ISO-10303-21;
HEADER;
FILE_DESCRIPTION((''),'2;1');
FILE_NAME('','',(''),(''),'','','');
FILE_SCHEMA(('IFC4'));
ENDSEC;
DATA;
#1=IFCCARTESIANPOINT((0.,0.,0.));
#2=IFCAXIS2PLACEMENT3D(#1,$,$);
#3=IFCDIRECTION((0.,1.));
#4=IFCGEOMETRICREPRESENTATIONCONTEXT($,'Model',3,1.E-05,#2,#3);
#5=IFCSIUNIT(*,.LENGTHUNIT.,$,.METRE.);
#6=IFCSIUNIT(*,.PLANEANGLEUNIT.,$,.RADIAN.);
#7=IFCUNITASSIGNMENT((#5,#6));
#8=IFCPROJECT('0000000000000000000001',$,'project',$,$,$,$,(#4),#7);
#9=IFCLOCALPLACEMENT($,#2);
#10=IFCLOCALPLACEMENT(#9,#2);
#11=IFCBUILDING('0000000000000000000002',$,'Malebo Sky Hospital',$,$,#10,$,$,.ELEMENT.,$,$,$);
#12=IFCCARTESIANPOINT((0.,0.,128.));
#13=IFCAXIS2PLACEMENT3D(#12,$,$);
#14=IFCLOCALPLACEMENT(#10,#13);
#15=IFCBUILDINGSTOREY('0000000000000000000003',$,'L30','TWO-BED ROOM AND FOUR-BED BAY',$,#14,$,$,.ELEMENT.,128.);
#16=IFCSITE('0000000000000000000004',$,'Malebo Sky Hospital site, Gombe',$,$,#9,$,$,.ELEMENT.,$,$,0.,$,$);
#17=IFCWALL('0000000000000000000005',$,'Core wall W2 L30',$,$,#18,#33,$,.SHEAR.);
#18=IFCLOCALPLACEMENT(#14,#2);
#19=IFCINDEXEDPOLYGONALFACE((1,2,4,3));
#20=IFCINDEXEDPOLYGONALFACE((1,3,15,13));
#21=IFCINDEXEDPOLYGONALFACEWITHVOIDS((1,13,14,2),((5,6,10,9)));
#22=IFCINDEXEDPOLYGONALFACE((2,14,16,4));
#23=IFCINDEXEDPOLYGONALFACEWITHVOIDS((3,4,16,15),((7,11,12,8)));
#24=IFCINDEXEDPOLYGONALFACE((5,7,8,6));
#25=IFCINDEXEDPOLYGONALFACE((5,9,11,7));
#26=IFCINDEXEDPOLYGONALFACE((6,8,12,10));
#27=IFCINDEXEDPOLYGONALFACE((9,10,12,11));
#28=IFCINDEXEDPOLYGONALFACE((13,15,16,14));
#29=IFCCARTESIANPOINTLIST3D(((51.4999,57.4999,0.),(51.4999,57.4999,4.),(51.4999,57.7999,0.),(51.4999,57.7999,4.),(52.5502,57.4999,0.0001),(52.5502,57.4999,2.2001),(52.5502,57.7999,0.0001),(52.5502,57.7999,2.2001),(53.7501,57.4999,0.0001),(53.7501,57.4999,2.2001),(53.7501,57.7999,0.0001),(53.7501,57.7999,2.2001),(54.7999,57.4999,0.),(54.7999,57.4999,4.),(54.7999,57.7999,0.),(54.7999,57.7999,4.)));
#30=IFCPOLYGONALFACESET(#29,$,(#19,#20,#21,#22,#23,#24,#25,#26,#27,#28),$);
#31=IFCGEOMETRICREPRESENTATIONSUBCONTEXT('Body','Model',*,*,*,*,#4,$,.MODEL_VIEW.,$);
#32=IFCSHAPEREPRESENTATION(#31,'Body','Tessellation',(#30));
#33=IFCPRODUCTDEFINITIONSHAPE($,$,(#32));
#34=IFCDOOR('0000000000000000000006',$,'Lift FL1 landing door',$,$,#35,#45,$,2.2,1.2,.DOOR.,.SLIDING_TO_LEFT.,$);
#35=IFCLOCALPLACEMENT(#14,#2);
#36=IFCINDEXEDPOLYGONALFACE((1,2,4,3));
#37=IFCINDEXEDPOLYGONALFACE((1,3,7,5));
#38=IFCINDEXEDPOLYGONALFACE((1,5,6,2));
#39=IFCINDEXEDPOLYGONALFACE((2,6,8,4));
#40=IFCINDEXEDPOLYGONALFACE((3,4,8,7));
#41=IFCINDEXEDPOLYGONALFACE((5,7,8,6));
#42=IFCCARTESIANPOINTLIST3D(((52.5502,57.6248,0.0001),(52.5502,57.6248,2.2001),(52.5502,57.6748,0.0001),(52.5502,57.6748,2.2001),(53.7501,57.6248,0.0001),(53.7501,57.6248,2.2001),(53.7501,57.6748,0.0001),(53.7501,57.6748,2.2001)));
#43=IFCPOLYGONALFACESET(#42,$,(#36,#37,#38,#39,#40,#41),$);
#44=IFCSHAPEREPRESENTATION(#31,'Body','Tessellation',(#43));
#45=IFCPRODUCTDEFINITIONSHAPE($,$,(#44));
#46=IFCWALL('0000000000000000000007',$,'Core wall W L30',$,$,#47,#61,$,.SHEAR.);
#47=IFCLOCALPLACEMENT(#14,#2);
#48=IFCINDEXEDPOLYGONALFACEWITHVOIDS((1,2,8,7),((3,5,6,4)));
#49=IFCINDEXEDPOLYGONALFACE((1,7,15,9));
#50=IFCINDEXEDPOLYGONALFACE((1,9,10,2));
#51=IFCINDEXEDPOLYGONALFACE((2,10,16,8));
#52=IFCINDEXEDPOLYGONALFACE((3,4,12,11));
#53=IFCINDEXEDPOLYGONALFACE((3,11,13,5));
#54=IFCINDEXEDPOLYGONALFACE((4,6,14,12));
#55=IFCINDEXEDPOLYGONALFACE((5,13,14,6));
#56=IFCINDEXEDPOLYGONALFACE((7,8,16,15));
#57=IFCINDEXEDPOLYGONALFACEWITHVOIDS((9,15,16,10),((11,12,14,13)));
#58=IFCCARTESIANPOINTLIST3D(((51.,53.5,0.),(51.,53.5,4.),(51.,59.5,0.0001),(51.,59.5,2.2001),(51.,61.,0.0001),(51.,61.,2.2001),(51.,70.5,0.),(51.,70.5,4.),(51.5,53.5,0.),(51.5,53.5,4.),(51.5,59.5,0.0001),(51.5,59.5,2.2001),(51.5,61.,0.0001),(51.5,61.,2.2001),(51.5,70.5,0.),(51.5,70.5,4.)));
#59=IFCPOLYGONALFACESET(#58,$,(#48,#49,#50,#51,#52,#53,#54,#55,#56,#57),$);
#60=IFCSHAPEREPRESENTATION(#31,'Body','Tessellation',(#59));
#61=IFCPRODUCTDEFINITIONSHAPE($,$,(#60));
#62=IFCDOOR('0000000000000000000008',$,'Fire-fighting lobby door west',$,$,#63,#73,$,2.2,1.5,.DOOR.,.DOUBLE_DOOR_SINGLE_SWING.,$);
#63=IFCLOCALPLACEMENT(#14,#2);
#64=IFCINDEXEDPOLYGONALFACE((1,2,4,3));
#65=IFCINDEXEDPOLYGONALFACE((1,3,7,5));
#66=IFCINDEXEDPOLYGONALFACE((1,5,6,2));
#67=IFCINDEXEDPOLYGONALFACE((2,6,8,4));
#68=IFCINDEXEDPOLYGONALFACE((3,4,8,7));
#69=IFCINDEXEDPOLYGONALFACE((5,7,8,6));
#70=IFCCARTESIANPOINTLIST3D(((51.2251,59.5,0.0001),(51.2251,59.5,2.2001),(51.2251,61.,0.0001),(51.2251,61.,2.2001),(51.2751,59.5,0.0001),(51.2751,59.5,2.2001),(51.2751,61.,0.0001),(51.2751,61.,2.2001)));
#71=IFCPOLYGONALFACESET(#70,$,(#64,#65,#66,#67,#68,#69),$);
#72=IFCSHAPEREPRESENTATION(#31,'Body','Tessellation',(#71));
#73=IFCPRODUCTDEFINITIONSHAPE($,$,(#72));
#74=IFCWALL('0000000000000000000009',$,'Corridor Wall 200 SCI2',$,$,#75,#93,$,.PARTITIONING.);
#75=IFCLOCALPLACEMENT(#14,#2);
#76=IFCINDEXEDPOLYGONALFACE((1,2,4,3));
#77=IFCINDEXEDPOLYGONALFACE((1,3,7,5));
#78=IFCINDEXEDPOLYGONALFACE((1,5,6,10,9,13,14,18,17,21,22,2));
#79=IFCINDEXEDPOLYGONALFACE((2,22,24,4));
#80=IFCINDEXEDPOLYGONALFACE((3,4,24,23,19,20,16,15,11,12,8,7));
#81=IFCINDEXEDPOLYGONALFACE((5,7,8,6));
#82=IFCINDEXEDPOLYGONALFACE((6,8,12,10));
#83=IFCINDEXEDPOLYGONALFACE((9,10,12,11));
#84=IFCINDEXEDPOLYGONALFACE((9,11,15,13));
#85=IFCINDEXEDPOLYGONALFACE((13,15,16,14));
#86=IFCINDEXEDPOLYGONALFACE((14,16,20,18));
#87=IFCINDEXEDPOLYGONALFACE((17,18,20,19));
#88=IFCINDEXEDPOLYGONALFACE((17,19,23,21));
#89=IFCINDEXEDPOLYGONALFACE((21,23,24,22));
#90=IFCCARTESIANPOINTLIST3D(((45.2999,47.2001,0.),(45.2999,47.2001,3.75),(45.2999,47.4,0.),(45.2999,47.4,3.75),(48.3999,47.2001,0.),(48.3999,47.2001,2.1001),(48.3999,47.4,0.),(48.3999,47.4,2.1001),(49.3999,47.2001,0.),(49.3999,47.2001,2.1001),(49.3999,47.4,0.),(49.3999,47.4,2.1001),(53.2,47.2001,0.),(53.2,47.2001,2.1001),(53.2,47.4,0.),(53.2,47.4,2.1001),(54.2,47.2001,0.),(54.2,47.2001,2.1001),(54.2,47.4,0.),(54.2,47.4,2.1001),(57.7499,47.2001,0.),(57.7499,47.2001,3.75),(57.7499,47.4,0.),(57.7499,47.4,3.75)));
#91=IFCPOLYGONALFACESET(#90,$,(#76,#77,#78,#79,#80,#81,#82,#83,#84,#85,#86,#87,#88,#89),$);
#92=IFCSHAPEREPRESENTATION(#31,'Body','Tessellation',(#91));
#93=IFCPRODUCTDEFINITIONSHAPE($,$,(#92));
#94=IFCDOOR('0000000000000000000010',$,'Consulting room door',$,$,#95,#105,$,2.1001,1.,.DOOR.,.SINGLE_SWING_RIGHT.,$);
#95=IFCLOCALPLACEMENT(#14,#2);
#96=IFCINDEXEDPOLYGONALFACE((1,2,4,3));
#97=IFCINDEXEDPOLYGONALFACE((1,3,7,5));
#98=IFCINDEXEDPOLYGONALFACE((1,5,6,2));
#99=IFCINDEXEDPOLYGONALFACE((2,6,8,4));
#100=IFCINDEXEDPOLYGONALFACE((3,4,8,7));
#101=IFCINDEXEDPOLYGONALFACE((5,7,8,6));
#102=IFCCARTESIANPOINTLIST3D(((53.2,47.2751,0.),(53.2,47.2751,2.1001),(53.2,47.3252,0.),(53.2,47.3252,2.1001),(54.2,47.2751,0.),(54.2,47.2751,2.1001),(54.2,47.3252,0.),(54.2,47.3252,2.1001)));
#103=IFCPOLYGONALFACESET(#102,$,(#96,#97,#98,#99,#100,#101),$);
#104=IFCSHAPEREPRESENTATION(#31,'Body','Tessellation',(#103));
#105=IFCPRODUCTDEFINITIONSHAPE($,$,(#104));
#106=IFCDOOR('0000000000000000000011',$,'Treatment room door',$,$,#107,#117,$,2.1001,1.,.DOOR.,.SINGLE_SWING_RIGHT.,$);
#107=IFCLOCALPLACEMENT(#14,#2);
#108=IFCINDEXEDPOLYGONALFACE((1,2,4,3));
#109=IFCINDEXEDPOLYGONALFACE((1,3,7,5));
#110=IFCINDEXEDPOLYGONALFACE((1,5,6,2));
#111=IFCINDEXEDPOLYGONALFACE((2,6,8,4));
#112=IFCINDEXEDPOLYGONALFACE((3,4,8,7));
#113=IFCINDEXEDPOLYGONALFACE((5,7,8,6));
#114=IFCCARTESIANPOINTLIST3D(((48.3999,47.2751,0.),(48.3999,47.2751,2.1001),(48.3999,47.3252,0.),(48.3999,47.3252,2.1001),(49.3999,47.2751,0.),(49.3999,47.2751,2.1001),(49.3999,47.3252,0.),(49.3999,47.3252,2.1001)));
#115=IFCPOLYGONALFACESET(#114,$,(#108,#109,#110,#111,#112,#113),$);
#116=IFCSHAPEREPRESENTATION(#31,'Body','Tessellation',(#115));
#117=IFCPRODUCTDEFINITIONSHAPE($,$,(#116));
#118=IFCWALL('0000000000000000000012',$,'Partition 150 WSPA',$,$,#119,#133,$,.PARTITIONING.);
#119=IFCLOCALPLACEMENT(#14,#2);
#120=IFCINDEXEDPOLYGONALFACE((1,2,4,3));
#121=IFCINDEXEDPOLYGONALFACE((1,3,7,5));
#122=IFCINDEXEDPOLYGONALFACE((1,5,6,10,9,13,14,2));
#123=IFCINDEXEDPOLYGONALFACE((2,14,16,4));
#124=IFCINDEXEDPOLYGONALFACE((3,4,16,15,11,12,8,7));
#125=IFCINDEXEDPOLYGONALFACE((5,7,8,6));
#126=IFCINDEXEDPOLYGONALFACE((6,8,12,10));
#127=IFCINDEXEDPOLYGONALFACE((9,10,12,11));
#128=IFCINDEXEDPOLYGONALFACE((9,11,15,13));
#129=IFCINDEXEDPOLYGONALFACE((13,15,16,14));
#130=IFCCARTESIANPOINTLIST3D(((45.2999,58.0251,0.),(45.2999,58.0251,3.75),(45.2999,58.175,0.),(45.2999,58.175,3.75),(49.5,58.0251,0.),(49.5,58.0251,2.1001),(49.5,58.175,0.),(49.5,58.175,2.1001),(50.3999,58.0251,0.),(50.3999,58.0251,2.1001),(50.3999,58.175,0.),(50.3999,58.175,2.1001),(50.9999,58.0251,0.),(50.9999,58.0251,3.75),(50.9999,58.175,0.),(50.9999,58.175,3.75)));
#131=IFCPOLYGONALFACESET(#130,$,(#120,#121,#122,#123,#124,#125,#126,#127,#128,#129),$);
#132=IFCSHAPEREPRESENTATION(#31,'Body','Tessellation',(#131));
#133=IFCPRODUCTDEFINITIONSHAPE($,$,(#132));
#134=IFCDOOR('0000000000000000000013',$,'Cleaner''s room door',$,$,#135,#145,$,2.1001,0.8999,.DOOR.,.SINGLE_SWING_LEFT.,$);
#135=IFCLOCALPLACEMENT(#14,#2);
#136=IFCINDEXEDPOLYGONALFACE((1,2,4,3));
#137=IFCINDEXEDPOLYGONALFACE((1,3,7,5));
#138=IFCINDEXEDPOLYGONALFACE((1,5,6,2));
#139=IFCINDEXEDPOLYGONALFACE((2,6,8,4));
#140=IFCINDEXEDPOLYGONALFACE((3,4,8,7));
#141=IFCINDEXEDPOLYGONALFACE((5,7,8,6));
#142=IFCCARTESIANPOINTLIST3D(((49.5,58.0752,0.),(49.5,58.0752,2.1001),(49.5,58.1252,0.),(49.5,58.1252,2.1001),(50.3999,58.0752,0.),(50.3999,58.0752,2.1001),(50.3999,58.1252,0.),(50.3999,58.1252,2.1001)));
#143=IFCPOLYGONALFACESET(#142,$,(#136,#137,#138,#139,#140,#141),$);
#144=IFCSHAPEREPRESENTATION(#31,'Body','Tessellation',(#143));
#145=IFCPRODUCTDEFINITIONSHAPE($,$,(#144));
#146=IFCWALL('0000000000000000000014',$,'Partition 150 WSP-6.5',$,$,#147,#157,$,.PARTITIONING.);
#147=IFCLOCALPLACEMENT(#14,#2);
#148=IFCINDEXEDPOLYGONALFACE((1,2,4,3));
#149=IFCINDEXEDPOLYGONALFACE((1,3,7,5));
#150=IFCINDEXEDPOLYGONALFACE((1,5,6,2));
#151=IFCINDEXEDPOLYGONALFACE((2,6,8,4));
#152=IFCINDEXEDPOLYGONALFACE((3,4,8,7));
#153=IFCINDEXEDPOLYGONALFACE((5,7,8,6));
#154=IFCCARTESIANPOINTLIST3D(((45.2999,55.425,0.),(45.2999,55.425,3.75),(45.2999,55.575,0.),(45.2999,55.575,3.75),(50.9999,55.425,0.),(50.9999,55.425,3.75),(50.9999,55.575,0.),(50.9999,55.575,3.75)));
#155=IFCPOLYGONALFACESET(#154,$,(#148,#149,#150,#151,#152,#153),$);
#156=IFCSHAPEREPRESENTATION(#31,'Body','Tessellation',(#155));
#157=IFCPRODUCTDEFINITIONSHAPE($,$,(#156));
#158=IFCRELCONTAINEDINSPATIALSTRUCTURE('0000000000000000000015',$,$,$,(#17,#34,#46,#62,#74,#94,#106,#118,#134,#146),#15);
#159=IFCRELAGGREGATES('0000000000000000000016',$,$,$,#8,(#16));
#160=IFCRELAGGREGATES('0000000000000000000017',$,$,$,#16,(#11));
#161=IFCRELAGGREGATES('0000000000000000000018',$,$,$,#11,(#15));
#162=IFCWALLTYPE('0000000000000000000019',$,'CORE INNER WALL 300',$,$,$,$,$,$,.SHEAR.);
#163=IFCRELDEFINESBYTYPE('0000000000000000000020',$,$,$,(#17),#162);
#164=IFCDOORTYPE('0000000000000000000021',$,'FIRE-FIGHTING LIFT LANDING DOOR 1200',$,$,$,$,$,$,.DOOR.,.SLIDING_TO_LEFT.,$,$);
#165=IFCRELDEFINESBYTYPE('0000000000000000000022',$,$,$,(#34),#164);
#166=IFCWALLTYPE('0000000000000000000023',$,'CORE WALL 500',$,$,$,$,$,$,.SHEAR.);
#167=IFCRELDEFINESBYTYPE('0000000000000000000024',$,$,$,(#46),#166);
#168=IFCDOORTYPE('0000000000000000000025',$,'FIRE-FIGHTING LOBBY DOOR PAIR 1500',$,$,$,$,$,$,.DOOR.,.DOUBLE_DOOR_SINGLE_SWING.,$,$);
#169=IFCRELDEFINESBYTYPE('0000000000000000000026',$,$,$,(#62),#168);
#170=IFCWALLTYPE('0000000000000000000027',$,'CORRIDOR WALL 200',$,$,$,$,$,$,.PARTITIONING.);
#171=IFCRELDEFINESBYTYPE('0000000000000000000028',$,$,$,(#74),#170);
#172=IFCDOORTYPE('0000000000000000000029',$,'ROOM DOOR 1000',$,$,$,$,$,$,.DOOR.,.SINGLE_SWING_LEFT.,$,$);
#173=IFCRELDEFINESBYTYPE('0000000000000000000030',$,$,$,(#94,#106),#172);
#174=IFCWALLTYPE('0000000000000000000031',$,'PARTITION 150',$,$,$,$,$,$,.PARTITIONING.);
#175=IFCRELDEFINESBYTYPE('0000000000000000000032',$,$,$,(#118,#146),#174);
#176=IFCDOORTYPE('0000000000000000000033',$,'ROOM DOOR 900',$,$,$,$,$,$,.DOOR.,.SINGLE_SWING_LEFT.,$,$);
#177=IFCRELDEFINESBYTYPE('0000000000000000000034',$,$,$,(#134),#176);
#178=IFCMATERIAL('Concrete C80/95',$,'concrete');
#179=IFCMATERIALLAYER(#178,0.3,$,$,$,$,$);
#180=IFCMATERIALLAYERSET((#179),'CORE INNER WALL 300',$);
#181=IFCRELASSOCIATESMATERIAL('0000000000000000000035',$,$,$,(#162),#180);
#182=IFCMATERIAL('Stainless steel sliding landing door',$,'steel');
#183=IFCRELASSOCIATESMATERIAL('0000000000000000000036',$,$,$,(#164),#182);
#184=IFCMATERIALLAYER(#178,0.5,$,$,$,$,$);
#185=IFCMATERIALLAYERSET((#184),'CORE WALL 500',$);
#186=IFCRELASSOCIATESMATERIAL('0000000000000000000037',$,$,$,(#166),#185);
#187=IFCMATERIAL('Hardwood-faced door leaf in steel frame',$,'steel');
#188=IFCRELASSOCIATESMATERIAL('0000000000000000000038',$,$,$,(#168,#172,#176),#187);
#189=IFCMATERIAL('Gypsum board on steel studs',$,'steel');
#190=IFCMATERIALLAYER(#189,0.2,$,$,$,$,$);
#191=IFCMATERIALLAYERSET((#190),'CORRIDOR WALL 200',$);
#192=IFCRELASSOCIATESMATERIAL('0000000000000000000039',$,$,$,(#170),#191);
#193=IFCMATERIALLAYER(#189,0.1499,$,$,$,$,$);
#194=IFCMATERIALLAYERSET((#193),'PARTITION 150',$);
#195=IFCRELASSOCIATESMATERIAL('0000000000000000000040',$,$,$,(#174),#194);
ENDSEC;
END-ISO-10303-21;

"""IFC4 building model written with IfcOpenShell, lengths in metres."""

from ifc_helpers import new_model, si_unit, direction, frame, frame_2d, origin, place, context, subcontext, project, spatial, rectangle, extrude, material, layer, layer_set, type_object, element, fill, save


model = new_model("IFC4")

# Units and contexts
model_context = context("Model", 3, precision=1e-05, world=origin(), true_north=direction((0.0, 1.0)))
body_context = subcontext(model_context, "Body", "Model", "MODEL_VIEW")
ifc_project = project(units=[si_unit("LENGTHUNIT", "METRE"), si_unit("PLANEANGLEUNIT", "RADIAN")], contexts=[model_context])

# Site, building, storey
site_placement = place(None, origin())
site = spatial("IfcSite", under=ifc_project, at=site_placement, Name="Malebo Sky Hospital site, Gombe", CompositionType="ELEMENT", RefElevation=0.0)
building_placement = place(site_placement, origin())
building = spatial("IfcBuilding", under=site, at=building_placement, Name="Malebo Sky Hospital", CompositionType="ELEMENT")
storey_placement = place(building_placement, frame((0.0, 0.0, 128.0)))
storey = spatial("IfcBuildingStorey", under=building, at=storey_placement, Name="L30", Description="TWO-BED ROOM AND FOUR-BED BAY", CompositionType="ELEMENT", Elevation=128.0)

# Shared definitions
ifc_material_1 = material(Name="Concrete C80/95", Category="concrete")
ifc_material_2 = material(Name="Stainless steel sliding landing door", Category="steel")

# Shared definitions
ifc_layer_1 = layer(ifc_material_1, 0.3)
ifc_layer_set_1 = layer_set([ifc_layer_1], Name="CORE INNER WALL 300")
wall_type_1 = type_object("IfcWallType", Name="CORE INNER WALL 300", PredefinedType="SHEAR", material=ifc_layer_set_1)

# Walls, openings, doors
wall_1_placement = place(storey_placement, frame((51.5, 57.6499, 0.0), z_axis=(0.0, 0.0, 1.0), x_axis=(1.0, 0.0, 0.0)))
wall_1 = element("IfcWall", 1, at=wall_1_placement, inside=storey, type_object=wall_type_1, Name="Core wall W2 L30", PredefinedType="SHEAR", context=body_context, shape_type="SweptSolid", body=[
    extrude(rectangle(XDim=3.3, YDim=0.3, at=frame_2d((1.6499, 0.0))), origin(), (0.0, 0.0, 1.0), 4.0),
])
opening_1_placement = place(wall_1_placement, frame((1.05, 0.0, 0.0)))
opening_1 = element("IfcOpeningElement", 2, at=opening_1_placement, cuts=wall_1, PredefinedType="OPENING", context=body_context, shape_type="SweptSolid", body=[
    extrude(rectangle(XDim=1.2, YDim=2.2, at=frame_2d((0.6001, 1.1001))), frame((0.0, 0.1599, 0.0), z_axis=(0.0, -1.0, 0.0), x_axis=(1.0, 0.0, 0.0)), (0.0, 0.0, 1.0), 0.3201),
])
door_type_1 = type_object("IfcDoorType", Name="FIRE-FIGHTING LIFT LANDING DOOR 1200", OperationType="SLIDING_TO_LEFT", PredefinedType="DOOR", material=ifc_material_2)
door_1_placement = place(opening_1_placement, origin())
door_1 = element("IfcDoor", 3, at=door_1_placement, inside=storey, type_object=door_type_1, Name="Lift FL1 landing door", OperationType="SLIDING_TO_LEFT", OverallHeight=2.2, OverallWidth=1.2, PredefinedType="DOOR", context=body_context, shape_type="SweptSolid", body=[
    extrude(rectangle(XDim=1.2, YDim=2.2, at=frame_2d((0.6001, 1.1001))), frame((0.0, 0.0249, 0.0), z_axis=(0.0, -1.0, 0.0), x_axis=(1.0, 0.0, 0.0)), (0.0, 0.0, 1.0), 0.05),
])
fill(opening_1, door_1)
ifc_layer_2 = layer(ifc_material_1, 0.5)
ifc_layer_set_2 = layer_set([ifc_layer_2], Name="CORE WALL 500")
wall_type_2 = type_object("IfcWallType", Name="CORE WALL 500", PredefinedType="SHEAR", material=ifc_layer_set_2)
wall_2_placement = place(storey_placement, frame((51.25, 53.5, 0.0), z_axis=(0.0, 0.0, 1.0), x_axis=(0.0, 1.0, 0.0)))
wall_2 = element("IfcWall", 4, at=wall_2_placement, inside=storey, type_object=wall_type_2, Name="Core wall W L30", PredefinedType="SHEAR", context=body_context, shape_type="SweptSolid", body=[
    extrude(rectangle(XDim=17.0, YDim=0.5, at=frame_2d((8.5, 0.0))), origin(), (0.0, 0.0, 1.0), 4.0),
])
opening_2_placement = place(wall_2_placement, frame((6.0, 0.0, 0.0)))
opening_2 = element("IfcOpeningElement", 5, at=opening_2_placement, cuts=wall_2, PredefinedType="OPENING", context=body_context, shape_type="SweptSolid", body=[
    extrude(rectangle(XDim=1.5, YDim=2.2, at=frame_2d((0.75, 1.1001))), frame((0.0, 0.26, 0.0), z_axis=(0.0, -1.0, 0.0), x_axis=(1.0, 0.0, 0.0)), (0.0, 0.0, 1.0), 0.52),
])
ifc_material_3 = material(Name="Hardwood-faced door leaf in steel frame", Category="steel")
door_type_2 = type_object("IfcDoorType", Name="FIRE-FIGHTING LOBBY DOOR PAIR 1500", OperationType="DOUBLE_DOOR_SINGLE_SWING", PredefinedType="DOOR", material=ifc_material_3)
door_2_placement = place(opening_2_placement, origin())
door_2 = element("IfcDoor", 6, at=door_2_placement, inside=storey, type_object=door_type_2, Name="Fire-fighting lobby door west", OperationType="DOUBLE_DOOR_SINGLE_SWING", OverallHeight=2.2, OverallWidth=1.5, PredefinedType="DOOR", context=body_context, shape_type="SweptSolid", body=[
    extrude(rectangle(XDim=1.5, YDim=2.2, at=frame_2d((0.75, 1.1001))), frame((0.0, 0.0249, 0.0), z_axis=(0.0, -1.0, 0.0), x_axis=(1.0, 0.0, 0.0)), (0.0, 0.0, 1.0), 0.05),
])
fill(opening_2, door_2)

# Wall, openings, doors
ifc_material_4 = material(Name="Gypsum board on steel studs", Category="steel")
ifc_layer_3 = layer(ifc_material_4, 0.2)
ifc_layer_set_3 = layer_set([ifc_layer_3], Name="CORRIDOR WALL 200")
wall_type_3 = type_object("IfcWallType", Name="CORRIDOR WALL 200", PredefinedType="PARTITIONING", material=ifc_layer_set_3)
wall_3_placement = place(storey_placement, frame((57.75, 47.3, 0.0), z_axis=(0.0, 0.0, 1.0), x_axis=(-1.0, 0.0, 0.0)))
wall_3 = element("IfcWall", 7, at=wall_3_placement, inside=storey, type_object=wall_type_3, Name="Corridor Wall 200 SCI2", PredefinedType="PARTITIONING", context=body_context, shape_type="SweptSolid", body=[
    extrude(rectangle(XDim=12.45, YDim=0.2, at=frame_2d((6.2251, 0.0))), origin(), (0.0, 0.0, 1.0), 3.75),
])
opening_3_placement = place(wall_3_placement, frame((3.55, 0.0, 0.0)))
opening_3 = element("IfcOpeningElement", 8, at=opening_3_placement, cuts=wall_3, PredefinedType="OPENING", context=body_context, shape_type="SweptSolid", body=[
    extrude(rectangle(XDim=1.0, YDim=2.1001, at=frame_2d((0.5, 1.05))), frame((0.0, 0.1099, 0.0), z_axis=(0.0, -1.0, 0.0), x_axis=(1.0, 0.0, 0.0)), (0.0, 0.0, 1.0), 0.22),
])
opening_4_placement = place(wall_3_placement, frame((8.3501, 0.0, 0.0)))
opening_4 = element("IfcOpeningElement", 9, at=opening_4_placement, cuts=wall_3, PredefinedType="OPENING", context=body_context, shape_type="SweptSolid", body=[
    extrude(rectangle(XDim=1.0, YDim=2.1001, at=frame_2d((0.5, 1.05))), frame((0.0, 0.1099, 0.0), z_axis=(0.0, -1.0, 0.0), x_axis=(1.0, 0.0, 0.0)), (0.0, 0.0, 1.0), 0.22),
])
door_type_3 = type_object("IfcDoorType", Name="ROOM DOOR 1000", OperationType="SINGLE_SWING_LEFT", PredefinedType="DOOR", material=ifc_material_3)
door_3_placement = place(opening_3_placement, origin())
door_3 = element("IfcDoor", 10, at=door_3_placement, inside=storey, type_object=door_type_3, Name="Consulting room door", OperationType="SINGLE_SWING_RIGHT", OverallHeight=2.1001, OverallWidth=1.0, PredefinedType="DOOR", context=body_context, shape_type="SweptSolid", body=[
    extrude(rectangle(XDim=1.0, YDim=2.1001, at=frame_2d((0.5, 1.05))), frame((0.0, 0.0249, 0.0), z_axis=(0.0, -1.0, 0.0), x_axis=(1.0, 0.0, 0.0)), (0.0, 0.0, 1.0), 0.05),
])
fill(opening_3, door_3)
door_4_placement = place(opening_4_placement, origin())
door_4 = element("IfcDoor", 11, at=door_4_placement, inside=storey, type_object=door_type_3, Name="Treatment room door", OperationType="SINGLE_SWING_RIGHT", OverallHeight=2.1001, OverallWidth=1.0, PredefinedType="DOOR", context=body_context, shape_type="SweptSolid", body=[
    extrude(rectangle(XDim=1.0, YDim=2.1001, at=frame_2d((0.5, 1.05))), frame((0.0, 0.0249, 0.0), z_axis=(0.0, -1.0, 0.0), x_axis=(1.0, 0.0, 0.0)), (0.0, 0.0, 1.0), 0.05),
])
fill(opening_4, door_4)

# Wall, opening, door
ifc_layer_4 = layer(ifc_material_4, 0.1499)
ifc_layer_set_4 = layer_set([ifc_layer_4], Name="PARTITION 150")
wall_type_4 = type_object("IfcWallType", Name="PARTITION 150", PredefinedType="PARTITIONING", material=ifc_layer_set_4)
wall_4_placement = place(storey_placement, frame((51.0, 58.1001, 0.0), z_axis=(0.0, 0.0, 1.0), x_axis=(-1.0, 0.0, 0.0)))
wall_4 = element("IfcWall", 12, at=wall_4_placement, inside=storey, type_object=wall_type_4, Name="Partition 150 WSPA", PredefinedType="PARTITIONING", context=body_context, shape_type="SweptSolid", body=[
    extrude(rectangle(XDim=5.7, YDim=0.1499, at=frame_2d((2.8501, 0.0))), origin(), (0.0, 0.0, 1.0), 3.75),
])
opening_5_placement = place(wall_4_placement, frame((0.6001, 0.0, 0.0)))
opening_5 = element("IfcOpeningElement", 13, at=opening_5_placement, cuts=wall_4, PredefinedType="OPENING", context=body_context, shape_type="SweptSolid", body=[
    extrude(rectangle(XDim=0.8999, YDim=2.1001, at=frame_2d((0.45, 1.05))), frame((0.0, 0.085, 0.0), z_axis=(0.0, -1.0, 0.0), x_axis=(1.0, 0.0, 0.0)), (0.0, 0.0, 1.0), 0.1699),
])
door_type_4 = type_object("IfcDoorType", Name="ROOM DOOR 900", OperationType="SINGLE_SWING_LEFT", PredefinedType="DOOR", material=ifc_material_3)
door_5_placement = place(opening_5_placement, origin())
door_5 = element("IfcDoor", 14, at=door_5_placement, inside=storey, type_object=door_type_4, Name="Cleaner's room door", OperationType="SINGLE_SWING_LEFT", OverallHeight=2.1001, OverallWidth=0.8999, PredefinedType="DOOR", context=body_context, shape_type="SweptSolid", body=[
    extrude(rectangle(XDim=0.8999, YDim=2.1001, at=frame_2d((0.45, 1.05))), frame((0.0, 0.0249, 0.0), z_axis=(0.0, -1.0, 0.0), x_axis=(1.0, 0.0, 0.0)), (0.0, 0.0, 1.0), 0.05),
])
fill(opening_5, door_5)

# Wall
wall_5_placement = place(storey_placement, frame((51.0, 55.5, 0.0), z_axis=(0.0, 0.0, 1.0), x_axis=(-1.0, 0.0, 0.0)))
element("IfcWall", 15, at=wall_5_placement, inside=storey, type_object=wall_type_4, Name="Partition 150 WSP-6.5", PredefinedType="PARTITIONING", context=body_context, shape_type="SweptSolid", body=[
    extrude(rectangle(XDim=5.7, YDim=0.1499, at=frame_2d((2.8501, 0.0))), origin(), (0.0, 0.0, 1.0), 3.75),
])

save(model, "model.ifc")
